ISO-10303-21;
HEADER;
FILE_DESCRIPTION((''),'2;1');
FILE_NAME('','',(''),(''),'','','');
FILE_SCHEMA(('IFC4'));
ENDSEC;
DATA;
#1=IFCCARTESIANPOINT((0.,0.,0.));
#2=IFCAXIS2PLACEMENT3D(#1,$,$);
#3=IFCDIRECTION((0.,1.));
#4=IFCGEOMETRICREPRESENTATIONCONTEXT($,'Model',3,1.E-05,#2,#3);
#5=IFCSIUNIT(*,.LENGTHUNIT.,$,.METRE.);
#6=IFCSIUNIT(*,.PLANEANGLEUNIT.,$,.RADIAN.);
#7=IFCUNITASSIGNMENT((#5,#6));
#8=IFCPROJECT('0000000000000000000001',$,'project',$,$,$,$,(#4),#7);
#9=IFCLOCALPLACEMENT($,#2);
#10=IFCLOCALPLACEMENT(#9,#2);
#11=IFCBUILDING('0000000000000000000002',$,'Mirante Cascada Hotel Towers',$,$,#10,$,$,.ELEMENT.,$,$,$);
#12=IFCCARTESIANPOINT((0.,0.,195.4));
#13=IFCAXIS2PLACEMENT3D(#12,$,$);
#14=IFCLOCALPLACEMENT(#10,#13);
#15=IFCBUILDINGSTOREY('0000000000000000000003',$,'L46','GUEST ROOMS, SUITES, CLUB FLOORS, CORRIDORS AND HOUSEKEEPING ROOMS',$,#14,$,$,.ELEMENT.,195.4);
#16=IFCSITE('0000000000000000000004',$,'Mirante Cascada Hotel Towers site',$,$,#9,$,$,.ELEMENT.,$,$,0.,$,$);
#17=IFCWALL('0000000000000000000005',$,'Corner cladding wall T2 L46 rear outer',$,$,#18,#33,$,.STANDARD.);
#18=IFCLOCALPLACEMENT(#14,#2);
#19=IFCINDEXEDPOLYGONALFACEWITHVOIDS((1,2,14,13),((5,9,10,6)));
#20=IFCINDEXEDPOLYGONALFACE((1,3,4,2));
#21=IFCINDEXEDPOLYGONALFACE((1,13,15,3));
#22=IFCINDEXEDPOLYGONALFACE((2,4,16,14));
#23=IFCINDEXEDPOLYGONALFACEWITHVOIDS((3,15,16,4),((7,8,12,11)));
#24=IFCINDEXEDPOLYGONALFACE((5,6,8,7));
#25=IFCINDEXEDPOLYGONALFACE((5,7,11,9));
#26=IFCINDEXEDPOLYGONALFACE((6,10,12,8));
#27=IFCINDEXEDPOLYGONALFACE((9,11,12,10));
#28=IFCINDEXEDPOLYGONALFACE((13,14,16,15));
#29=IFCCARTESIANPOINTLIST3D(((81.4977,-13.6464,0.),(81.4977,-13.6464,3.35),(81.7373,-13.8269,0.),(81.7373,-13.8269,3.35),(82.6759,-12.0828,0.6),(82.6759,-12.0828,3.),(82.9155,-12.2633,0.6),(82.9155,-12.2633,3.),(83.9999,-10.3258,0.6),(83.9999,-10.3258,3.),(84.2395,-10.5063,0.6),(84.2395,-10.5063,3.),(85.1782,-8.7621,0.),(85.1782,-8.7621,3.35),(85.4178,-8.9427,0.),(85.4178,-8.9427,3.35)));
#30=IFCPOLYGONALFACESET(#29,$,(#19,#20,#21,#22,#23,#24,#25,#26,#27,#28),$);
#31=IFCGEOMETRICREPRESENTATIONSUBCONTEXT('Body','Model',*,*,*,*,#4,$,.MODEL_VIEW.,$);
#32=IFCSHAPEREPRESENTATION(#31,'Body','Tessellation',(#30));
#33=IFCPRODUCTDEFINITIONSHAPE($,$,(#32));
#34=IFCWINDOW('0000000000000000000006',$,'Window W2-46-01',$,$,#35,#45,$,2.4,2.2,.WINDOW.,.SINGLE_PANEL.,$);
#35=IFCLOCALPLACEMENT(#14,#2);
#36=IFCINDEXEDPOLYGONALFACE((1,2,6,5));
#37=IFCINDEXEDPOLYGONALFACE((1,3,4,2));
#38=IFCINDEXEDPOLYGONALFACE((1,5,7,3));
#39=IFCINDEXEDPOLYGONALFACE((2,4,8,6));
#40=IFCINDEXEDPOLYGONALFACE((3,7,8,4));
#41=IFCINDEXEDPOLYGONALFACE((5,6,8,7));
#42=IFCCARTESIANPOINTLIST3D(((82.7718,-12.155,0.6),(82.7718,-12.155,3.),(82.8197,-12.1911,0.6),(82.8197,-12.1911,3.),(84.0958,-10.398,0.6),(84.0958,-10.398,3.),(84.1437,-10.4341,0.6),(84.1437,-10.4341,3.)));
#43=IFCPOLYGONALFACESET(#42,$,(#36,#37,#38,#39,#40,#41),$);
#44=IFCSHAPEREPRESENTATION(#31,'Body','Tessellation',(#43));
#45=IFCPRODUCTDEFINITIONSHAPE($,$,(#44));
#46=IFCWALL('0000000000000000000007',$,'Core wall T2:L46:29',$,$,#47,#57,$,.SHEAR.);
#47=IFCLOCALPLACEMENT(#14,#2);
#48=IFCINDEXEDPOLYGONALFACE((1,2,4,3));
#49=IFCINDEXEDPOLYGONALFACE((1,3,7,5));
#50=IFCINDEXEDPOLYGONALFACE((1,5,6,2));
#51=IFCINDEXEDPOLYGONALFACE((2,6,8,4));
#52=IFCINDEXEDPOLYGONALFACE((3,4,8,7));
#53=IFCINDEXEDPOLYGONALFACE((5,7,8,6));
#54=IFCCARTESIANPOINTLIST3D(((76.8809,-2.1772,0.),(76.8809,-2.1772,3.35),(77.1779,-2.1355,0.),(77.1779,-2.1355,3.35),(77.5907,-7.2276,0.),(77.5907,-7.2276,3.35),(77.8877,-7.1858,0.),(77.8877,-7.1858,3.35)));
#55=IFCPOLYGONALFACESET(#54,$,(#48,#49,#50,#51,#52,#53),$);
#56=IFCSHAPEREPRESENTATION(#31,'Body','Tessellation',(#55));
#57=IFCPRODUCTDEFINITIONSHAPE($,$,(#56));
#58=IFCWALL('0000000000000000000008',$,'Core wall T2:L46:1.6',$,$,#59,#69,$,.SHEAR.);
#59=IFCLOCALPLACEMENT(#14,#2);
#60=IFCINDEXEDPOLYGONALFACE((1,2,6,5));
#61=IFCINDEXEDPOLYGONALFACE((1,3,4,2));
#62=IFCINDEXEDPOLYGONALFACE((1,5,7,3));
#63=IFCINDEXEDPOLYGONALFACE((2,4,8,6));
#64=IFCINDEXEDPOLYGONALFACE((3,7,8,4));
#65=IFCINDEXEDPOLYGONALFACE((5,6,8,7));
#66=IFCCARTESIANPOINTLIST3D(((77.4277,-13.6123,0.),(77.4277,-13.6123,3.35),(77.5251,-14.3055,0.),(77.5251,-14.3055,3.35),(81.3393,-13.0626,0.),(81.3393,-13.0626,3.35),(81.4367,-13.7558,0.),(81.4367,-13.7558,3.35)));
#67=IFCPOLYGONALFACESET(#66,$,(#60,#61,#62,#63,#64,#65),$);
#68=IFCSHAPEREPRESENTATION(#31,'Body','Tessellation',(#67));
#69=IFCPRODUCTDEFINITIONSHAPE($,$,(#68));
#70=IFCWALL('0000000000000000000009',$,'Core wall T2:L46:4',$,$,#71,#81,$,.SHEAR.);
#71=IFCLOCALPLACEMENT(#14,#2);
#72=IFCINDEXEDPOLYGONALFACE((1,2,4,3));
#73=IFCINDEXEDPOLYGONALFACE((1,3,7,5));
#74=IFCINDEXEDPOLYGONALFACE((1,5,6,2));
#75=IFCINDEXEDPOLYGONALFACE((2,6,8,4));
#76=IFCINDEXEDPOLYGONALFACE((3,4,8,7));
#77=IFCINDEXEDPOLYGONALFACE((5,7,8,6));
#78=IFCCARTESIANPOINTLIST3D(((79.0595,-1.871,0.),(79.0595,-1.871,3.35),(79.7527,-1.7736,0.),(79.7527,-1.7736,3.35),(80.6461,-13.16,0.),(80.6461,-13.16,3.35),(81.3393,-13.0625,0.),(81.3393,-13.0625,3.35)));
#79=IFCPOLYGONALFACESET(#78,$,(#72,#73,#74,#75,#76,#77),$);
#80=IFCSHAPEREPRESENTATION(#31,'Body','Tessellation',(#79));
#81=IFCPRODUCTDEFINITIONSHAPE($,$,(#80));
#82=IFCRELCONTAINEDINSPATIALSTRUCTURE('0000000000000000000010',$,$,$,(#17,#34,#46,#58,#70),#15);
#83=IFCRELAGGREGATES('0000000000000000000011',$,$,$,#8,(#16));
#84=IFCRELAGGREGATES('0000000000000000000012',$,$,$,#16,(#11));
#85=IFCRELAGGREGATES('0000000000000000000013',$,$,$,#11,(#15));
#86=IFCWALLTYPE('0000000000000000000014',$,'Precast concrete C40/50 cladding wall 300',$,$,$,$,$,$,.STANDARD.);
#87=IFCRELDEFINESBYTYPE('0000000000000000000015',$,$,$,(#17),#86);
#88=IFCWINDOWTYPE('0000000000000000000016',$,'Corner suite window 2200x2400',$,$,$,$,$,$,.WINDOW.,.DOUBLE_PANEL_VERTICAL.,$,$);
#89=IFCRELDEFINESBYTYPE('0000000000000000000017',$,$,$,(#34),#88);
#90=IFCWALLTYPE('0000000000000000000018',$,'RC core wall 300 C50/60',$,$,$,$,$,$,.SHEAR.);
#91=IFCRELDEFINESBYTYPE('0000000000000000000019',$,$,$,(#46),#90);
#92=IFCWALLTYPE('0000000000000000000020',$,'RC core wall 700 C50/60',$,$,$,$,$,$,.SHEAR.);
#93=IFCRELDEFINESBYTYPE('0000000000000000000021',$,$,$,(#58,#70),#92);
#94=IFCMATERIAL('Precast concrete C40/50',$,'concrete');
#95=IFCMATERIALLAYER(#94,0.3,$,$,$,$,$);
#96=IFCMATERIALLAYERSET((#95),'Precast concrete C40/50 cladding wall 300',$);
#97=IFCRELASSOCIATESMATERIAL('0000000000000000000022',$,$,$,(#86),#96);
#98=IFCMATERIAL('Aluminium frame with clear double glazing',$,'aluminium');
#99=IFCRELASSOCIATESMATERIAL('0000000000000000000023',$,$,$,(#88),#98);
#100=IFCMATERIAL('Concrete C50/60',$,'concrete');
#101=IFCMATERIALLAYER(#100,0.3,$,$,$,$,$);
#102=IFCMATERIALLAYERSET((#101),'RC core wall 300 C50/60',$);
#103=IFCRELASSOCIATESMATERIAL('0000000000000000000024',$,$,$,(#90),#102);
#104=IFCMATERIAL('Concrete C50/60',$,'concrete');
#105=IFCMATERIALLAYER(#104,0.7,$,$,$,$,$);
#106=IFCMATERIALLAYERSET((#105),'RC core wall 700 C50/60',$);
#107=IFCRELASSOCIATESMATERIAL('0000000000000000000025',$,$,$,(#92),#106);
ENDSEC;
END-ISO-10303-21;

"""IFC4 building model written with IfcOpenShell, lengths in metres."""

from ifc_helpers import new_model, si_unit, direction, frame, frame_2d, origin, place, context, subcontext, project, spatial, rectangle, extrude, material, layer, layer_set, type_object, element, fill, save


model = new_model("IFC4")

# Units and contexts
model_context = context("Model", 3, precision=1e-05, world=origin(), true_north=direction((0.0, 1.0)))
body_context = subcontext(model_context, "Body", "Model", "MODEL_VIEW")
ifc_project = project(units=[si_unit("LENGTHUNIT", "METRE"), si_unit("PLANEANGLEUNIT", "RADIAN")], contexts=[model_context])

# Site, building, storey
site_placement = place(None, origin())
site = spatial("IfcSite", under=ifc_project, at=site_placement, Name="Mirante Cascada Hotel Towers site", CompositionType="ELEMENT", RefElevation=0.0)
building_placement = place(site_placement, origin())
building = spatial("IfcBuilding", under=site, at=building_placement, Name="Mirante Cascada Hotel Towers", CompositionType="ELEMENT")
storey_placement = place(building_placement, frame((0.0, 0.0, 195.4)))
storey = spatial("IfcBuildingStorey", under=building, at=storey_placement, Name="L46", Description="GUEST ROOMS, SUITES, CLUB FLOORS, CORRIDORS AND HOUSEKEEPING ROOMS", CompositionType="ELEMENT", Elevation=195.4)

# Wall, opening, window
ifc_material_1 = material(Name="Precast concrete C40/50", Category="concrete")
ifc_layer_1 = layer(ifc_material_1, 0.3)
ifc_layer_set_1 = layer_set([ifc_layer_1], Name="Precast concrete C40/50 cladding wall 300")
wall_type_1 = type_object("IfcWallType", Name="Precast concrete C40/50 cladding wall 300", PredefinedType="STANDARD", material=ifc_layer_set_1)
wall_1_placement = place(storey_placement, frame((81.6175, -13.7366, 0.0), z_axis=(0.0, 0.0, 1.0), x_axis=(0.601814, 0.798636, 0.0)))
wall_1 = element("IfcWall", 1, at=wall_1_placement, inside=storey, type_object=wall_type_1, Name="Corner cladding wall T2 L46 rear outer", PredefinedType="STANDARD", context=body_context, shape_type="SweptSolid", body=[
    extrude(rectangle(XDim=6.1157, YDim=0.3, at=frame_2d((3.0578, 0.0))), origin(), (0.0, 0.0, 1.0), 3.35),
])
opening_1_placement = place(wall_1_placement, frame((1.9578, 0.0, 0.6)))
opening_1 = element("IfcOpeningElement", 2, at=opening_1_placement, cuts=wall_1, PredefinedType="OPENING", context=body_context, shape_type="SweptSolid", body=[
    extrude(rectangle(XDim=2.2, YDim=2.4, at=frame_2d((1.1, 1.2))), frame((0.0, 0.15, 0.0), z_axis=(0.0, -1.0, 0.0), x_axis=(1.0, 0.0, 0.0)), (0.0, 0.0, 1.0), 0.3),
])
ifc_material_2 = material(Name="Aluminium frame with clear double glazing", Category="aluminium")
window_type = type_object("IfcWindowType", Name="Corner suite window 2200x2400", PartitioningType="DOUBLE_PANEL_VERTICAL", PredefinedType="WINDOW", material=ifc_material_2)
window_placement = place(opening_1_placement, origin())
window = element("IfcWindow", 3, at=window_placement, inside=storey, type_object=window_type, Name="Window W2-46-01", OverallHeight=2.4, OverallWidth=2.2, PartitioningType="SINGLE_PANEL", PredefinedType="WINDOW", context=body_context, shape_type="SweptSolid", body=[
    extrude(rectangle(XDim=2.2, YDim=2.4, at=frame_2d((1.1, 1.2))), frame((0.0, 0.03, 0.0), z_axis=(0.0, -1.0, 0.0), x_axis=(1.0, 0.0, 0.0)), (0.0, 0.0, 1.0), 0.06),
])
fill(opening_1, window)

# Walls
ifc_material_3 = material(Name="Concrete C50/60", Category="concrete")
ifc_layer_2 = layer(ifc_material_3, 0.3)
ifc_layer_set_2 = layer_set([ifc_layer_2], Name="RC core wall 300 C50/60")
wall_type_2 = type_object("IfcWallType", Name="RC core wall 300 C50/60", PredefinedType="SHEAR", material=ifc_layer_set_2)
wall_2_placement = place(storey_placement, frame((77.7392, -7.2067, 0.0), z_axis=(0.0, 0.0, 1.0), x_axis=(-0.139176, 0.990268, 0.0)))
element("IfcWall", 4, at=wall_2_placement, inside=storey, type_object=wall_type_2, Name="Core wall T2:L46:29", PredefinedType="SHEAR", context=body_context, shape_type="SweptSolid", body=[
    extrude(rectangle(XDim=5.1, YDim=0.3, at=frame_2d((2.55, 0.0))), origin(), (0.0, 0.0, 1.0), 3.35),
])
ifc_material_4 = material(Name="Concrete C50/60", Category="concrete")
ifc_layer_3 = layer(ifc_material_4, 0.7)
ifc_layer_set_3 = layer_set([ifc_layer_3], Name="RC core wall 700 C50/60")
wall_type_3 = type_object("IfcWallType", Name="RC core wall 700 C50/60", PredefinedType="SHEAR", material=ifc_layer_set_3)
wall_3_placement = place(storey_placement, frame((77.4764, -13.9589, 0.0), z_axis=(0.0, 0.0, 1.0), x_axis=(0.990269, 0.139163, 0.0)))
element("IfcWall", 5, at=wall_3_placement, inside=storey, type_object=wall_type_3, Name="Core wall T2:L46:1.6", PredefinedType="SHEAR", context=body_context, shape_type="SweptSolid", body=[
    extrude(rectangle(XDim=3.95, YDim=0.7, at=frame_2d((1.975, 0.0))), origin(), (0.0, 0.0, 1.0), 3.35),
])
wall_4_placement = place(storey_placement, frame((80.9927, -13.1113, 0.0), z_axis=(0.0, 0.0, 1.0), x_axis=(-0.139176, 0.990268, 0.0)))
element("IfcWall", 6, at=wall_4_placement, inside=storey, type_object=wall_type_3, Name="Core wall T2:L46:4", PredefinedType="SHEAR", context=body_context, shape_type="SweptSolid", body=[
    extrude(rectangle(XDim=11.3999, YDim=0.7, at=frame_2d((5.7, 0.0))), origin(), (0.0, 0.0, 1.0), 3.35),
])

save(model, "model.ifc")
